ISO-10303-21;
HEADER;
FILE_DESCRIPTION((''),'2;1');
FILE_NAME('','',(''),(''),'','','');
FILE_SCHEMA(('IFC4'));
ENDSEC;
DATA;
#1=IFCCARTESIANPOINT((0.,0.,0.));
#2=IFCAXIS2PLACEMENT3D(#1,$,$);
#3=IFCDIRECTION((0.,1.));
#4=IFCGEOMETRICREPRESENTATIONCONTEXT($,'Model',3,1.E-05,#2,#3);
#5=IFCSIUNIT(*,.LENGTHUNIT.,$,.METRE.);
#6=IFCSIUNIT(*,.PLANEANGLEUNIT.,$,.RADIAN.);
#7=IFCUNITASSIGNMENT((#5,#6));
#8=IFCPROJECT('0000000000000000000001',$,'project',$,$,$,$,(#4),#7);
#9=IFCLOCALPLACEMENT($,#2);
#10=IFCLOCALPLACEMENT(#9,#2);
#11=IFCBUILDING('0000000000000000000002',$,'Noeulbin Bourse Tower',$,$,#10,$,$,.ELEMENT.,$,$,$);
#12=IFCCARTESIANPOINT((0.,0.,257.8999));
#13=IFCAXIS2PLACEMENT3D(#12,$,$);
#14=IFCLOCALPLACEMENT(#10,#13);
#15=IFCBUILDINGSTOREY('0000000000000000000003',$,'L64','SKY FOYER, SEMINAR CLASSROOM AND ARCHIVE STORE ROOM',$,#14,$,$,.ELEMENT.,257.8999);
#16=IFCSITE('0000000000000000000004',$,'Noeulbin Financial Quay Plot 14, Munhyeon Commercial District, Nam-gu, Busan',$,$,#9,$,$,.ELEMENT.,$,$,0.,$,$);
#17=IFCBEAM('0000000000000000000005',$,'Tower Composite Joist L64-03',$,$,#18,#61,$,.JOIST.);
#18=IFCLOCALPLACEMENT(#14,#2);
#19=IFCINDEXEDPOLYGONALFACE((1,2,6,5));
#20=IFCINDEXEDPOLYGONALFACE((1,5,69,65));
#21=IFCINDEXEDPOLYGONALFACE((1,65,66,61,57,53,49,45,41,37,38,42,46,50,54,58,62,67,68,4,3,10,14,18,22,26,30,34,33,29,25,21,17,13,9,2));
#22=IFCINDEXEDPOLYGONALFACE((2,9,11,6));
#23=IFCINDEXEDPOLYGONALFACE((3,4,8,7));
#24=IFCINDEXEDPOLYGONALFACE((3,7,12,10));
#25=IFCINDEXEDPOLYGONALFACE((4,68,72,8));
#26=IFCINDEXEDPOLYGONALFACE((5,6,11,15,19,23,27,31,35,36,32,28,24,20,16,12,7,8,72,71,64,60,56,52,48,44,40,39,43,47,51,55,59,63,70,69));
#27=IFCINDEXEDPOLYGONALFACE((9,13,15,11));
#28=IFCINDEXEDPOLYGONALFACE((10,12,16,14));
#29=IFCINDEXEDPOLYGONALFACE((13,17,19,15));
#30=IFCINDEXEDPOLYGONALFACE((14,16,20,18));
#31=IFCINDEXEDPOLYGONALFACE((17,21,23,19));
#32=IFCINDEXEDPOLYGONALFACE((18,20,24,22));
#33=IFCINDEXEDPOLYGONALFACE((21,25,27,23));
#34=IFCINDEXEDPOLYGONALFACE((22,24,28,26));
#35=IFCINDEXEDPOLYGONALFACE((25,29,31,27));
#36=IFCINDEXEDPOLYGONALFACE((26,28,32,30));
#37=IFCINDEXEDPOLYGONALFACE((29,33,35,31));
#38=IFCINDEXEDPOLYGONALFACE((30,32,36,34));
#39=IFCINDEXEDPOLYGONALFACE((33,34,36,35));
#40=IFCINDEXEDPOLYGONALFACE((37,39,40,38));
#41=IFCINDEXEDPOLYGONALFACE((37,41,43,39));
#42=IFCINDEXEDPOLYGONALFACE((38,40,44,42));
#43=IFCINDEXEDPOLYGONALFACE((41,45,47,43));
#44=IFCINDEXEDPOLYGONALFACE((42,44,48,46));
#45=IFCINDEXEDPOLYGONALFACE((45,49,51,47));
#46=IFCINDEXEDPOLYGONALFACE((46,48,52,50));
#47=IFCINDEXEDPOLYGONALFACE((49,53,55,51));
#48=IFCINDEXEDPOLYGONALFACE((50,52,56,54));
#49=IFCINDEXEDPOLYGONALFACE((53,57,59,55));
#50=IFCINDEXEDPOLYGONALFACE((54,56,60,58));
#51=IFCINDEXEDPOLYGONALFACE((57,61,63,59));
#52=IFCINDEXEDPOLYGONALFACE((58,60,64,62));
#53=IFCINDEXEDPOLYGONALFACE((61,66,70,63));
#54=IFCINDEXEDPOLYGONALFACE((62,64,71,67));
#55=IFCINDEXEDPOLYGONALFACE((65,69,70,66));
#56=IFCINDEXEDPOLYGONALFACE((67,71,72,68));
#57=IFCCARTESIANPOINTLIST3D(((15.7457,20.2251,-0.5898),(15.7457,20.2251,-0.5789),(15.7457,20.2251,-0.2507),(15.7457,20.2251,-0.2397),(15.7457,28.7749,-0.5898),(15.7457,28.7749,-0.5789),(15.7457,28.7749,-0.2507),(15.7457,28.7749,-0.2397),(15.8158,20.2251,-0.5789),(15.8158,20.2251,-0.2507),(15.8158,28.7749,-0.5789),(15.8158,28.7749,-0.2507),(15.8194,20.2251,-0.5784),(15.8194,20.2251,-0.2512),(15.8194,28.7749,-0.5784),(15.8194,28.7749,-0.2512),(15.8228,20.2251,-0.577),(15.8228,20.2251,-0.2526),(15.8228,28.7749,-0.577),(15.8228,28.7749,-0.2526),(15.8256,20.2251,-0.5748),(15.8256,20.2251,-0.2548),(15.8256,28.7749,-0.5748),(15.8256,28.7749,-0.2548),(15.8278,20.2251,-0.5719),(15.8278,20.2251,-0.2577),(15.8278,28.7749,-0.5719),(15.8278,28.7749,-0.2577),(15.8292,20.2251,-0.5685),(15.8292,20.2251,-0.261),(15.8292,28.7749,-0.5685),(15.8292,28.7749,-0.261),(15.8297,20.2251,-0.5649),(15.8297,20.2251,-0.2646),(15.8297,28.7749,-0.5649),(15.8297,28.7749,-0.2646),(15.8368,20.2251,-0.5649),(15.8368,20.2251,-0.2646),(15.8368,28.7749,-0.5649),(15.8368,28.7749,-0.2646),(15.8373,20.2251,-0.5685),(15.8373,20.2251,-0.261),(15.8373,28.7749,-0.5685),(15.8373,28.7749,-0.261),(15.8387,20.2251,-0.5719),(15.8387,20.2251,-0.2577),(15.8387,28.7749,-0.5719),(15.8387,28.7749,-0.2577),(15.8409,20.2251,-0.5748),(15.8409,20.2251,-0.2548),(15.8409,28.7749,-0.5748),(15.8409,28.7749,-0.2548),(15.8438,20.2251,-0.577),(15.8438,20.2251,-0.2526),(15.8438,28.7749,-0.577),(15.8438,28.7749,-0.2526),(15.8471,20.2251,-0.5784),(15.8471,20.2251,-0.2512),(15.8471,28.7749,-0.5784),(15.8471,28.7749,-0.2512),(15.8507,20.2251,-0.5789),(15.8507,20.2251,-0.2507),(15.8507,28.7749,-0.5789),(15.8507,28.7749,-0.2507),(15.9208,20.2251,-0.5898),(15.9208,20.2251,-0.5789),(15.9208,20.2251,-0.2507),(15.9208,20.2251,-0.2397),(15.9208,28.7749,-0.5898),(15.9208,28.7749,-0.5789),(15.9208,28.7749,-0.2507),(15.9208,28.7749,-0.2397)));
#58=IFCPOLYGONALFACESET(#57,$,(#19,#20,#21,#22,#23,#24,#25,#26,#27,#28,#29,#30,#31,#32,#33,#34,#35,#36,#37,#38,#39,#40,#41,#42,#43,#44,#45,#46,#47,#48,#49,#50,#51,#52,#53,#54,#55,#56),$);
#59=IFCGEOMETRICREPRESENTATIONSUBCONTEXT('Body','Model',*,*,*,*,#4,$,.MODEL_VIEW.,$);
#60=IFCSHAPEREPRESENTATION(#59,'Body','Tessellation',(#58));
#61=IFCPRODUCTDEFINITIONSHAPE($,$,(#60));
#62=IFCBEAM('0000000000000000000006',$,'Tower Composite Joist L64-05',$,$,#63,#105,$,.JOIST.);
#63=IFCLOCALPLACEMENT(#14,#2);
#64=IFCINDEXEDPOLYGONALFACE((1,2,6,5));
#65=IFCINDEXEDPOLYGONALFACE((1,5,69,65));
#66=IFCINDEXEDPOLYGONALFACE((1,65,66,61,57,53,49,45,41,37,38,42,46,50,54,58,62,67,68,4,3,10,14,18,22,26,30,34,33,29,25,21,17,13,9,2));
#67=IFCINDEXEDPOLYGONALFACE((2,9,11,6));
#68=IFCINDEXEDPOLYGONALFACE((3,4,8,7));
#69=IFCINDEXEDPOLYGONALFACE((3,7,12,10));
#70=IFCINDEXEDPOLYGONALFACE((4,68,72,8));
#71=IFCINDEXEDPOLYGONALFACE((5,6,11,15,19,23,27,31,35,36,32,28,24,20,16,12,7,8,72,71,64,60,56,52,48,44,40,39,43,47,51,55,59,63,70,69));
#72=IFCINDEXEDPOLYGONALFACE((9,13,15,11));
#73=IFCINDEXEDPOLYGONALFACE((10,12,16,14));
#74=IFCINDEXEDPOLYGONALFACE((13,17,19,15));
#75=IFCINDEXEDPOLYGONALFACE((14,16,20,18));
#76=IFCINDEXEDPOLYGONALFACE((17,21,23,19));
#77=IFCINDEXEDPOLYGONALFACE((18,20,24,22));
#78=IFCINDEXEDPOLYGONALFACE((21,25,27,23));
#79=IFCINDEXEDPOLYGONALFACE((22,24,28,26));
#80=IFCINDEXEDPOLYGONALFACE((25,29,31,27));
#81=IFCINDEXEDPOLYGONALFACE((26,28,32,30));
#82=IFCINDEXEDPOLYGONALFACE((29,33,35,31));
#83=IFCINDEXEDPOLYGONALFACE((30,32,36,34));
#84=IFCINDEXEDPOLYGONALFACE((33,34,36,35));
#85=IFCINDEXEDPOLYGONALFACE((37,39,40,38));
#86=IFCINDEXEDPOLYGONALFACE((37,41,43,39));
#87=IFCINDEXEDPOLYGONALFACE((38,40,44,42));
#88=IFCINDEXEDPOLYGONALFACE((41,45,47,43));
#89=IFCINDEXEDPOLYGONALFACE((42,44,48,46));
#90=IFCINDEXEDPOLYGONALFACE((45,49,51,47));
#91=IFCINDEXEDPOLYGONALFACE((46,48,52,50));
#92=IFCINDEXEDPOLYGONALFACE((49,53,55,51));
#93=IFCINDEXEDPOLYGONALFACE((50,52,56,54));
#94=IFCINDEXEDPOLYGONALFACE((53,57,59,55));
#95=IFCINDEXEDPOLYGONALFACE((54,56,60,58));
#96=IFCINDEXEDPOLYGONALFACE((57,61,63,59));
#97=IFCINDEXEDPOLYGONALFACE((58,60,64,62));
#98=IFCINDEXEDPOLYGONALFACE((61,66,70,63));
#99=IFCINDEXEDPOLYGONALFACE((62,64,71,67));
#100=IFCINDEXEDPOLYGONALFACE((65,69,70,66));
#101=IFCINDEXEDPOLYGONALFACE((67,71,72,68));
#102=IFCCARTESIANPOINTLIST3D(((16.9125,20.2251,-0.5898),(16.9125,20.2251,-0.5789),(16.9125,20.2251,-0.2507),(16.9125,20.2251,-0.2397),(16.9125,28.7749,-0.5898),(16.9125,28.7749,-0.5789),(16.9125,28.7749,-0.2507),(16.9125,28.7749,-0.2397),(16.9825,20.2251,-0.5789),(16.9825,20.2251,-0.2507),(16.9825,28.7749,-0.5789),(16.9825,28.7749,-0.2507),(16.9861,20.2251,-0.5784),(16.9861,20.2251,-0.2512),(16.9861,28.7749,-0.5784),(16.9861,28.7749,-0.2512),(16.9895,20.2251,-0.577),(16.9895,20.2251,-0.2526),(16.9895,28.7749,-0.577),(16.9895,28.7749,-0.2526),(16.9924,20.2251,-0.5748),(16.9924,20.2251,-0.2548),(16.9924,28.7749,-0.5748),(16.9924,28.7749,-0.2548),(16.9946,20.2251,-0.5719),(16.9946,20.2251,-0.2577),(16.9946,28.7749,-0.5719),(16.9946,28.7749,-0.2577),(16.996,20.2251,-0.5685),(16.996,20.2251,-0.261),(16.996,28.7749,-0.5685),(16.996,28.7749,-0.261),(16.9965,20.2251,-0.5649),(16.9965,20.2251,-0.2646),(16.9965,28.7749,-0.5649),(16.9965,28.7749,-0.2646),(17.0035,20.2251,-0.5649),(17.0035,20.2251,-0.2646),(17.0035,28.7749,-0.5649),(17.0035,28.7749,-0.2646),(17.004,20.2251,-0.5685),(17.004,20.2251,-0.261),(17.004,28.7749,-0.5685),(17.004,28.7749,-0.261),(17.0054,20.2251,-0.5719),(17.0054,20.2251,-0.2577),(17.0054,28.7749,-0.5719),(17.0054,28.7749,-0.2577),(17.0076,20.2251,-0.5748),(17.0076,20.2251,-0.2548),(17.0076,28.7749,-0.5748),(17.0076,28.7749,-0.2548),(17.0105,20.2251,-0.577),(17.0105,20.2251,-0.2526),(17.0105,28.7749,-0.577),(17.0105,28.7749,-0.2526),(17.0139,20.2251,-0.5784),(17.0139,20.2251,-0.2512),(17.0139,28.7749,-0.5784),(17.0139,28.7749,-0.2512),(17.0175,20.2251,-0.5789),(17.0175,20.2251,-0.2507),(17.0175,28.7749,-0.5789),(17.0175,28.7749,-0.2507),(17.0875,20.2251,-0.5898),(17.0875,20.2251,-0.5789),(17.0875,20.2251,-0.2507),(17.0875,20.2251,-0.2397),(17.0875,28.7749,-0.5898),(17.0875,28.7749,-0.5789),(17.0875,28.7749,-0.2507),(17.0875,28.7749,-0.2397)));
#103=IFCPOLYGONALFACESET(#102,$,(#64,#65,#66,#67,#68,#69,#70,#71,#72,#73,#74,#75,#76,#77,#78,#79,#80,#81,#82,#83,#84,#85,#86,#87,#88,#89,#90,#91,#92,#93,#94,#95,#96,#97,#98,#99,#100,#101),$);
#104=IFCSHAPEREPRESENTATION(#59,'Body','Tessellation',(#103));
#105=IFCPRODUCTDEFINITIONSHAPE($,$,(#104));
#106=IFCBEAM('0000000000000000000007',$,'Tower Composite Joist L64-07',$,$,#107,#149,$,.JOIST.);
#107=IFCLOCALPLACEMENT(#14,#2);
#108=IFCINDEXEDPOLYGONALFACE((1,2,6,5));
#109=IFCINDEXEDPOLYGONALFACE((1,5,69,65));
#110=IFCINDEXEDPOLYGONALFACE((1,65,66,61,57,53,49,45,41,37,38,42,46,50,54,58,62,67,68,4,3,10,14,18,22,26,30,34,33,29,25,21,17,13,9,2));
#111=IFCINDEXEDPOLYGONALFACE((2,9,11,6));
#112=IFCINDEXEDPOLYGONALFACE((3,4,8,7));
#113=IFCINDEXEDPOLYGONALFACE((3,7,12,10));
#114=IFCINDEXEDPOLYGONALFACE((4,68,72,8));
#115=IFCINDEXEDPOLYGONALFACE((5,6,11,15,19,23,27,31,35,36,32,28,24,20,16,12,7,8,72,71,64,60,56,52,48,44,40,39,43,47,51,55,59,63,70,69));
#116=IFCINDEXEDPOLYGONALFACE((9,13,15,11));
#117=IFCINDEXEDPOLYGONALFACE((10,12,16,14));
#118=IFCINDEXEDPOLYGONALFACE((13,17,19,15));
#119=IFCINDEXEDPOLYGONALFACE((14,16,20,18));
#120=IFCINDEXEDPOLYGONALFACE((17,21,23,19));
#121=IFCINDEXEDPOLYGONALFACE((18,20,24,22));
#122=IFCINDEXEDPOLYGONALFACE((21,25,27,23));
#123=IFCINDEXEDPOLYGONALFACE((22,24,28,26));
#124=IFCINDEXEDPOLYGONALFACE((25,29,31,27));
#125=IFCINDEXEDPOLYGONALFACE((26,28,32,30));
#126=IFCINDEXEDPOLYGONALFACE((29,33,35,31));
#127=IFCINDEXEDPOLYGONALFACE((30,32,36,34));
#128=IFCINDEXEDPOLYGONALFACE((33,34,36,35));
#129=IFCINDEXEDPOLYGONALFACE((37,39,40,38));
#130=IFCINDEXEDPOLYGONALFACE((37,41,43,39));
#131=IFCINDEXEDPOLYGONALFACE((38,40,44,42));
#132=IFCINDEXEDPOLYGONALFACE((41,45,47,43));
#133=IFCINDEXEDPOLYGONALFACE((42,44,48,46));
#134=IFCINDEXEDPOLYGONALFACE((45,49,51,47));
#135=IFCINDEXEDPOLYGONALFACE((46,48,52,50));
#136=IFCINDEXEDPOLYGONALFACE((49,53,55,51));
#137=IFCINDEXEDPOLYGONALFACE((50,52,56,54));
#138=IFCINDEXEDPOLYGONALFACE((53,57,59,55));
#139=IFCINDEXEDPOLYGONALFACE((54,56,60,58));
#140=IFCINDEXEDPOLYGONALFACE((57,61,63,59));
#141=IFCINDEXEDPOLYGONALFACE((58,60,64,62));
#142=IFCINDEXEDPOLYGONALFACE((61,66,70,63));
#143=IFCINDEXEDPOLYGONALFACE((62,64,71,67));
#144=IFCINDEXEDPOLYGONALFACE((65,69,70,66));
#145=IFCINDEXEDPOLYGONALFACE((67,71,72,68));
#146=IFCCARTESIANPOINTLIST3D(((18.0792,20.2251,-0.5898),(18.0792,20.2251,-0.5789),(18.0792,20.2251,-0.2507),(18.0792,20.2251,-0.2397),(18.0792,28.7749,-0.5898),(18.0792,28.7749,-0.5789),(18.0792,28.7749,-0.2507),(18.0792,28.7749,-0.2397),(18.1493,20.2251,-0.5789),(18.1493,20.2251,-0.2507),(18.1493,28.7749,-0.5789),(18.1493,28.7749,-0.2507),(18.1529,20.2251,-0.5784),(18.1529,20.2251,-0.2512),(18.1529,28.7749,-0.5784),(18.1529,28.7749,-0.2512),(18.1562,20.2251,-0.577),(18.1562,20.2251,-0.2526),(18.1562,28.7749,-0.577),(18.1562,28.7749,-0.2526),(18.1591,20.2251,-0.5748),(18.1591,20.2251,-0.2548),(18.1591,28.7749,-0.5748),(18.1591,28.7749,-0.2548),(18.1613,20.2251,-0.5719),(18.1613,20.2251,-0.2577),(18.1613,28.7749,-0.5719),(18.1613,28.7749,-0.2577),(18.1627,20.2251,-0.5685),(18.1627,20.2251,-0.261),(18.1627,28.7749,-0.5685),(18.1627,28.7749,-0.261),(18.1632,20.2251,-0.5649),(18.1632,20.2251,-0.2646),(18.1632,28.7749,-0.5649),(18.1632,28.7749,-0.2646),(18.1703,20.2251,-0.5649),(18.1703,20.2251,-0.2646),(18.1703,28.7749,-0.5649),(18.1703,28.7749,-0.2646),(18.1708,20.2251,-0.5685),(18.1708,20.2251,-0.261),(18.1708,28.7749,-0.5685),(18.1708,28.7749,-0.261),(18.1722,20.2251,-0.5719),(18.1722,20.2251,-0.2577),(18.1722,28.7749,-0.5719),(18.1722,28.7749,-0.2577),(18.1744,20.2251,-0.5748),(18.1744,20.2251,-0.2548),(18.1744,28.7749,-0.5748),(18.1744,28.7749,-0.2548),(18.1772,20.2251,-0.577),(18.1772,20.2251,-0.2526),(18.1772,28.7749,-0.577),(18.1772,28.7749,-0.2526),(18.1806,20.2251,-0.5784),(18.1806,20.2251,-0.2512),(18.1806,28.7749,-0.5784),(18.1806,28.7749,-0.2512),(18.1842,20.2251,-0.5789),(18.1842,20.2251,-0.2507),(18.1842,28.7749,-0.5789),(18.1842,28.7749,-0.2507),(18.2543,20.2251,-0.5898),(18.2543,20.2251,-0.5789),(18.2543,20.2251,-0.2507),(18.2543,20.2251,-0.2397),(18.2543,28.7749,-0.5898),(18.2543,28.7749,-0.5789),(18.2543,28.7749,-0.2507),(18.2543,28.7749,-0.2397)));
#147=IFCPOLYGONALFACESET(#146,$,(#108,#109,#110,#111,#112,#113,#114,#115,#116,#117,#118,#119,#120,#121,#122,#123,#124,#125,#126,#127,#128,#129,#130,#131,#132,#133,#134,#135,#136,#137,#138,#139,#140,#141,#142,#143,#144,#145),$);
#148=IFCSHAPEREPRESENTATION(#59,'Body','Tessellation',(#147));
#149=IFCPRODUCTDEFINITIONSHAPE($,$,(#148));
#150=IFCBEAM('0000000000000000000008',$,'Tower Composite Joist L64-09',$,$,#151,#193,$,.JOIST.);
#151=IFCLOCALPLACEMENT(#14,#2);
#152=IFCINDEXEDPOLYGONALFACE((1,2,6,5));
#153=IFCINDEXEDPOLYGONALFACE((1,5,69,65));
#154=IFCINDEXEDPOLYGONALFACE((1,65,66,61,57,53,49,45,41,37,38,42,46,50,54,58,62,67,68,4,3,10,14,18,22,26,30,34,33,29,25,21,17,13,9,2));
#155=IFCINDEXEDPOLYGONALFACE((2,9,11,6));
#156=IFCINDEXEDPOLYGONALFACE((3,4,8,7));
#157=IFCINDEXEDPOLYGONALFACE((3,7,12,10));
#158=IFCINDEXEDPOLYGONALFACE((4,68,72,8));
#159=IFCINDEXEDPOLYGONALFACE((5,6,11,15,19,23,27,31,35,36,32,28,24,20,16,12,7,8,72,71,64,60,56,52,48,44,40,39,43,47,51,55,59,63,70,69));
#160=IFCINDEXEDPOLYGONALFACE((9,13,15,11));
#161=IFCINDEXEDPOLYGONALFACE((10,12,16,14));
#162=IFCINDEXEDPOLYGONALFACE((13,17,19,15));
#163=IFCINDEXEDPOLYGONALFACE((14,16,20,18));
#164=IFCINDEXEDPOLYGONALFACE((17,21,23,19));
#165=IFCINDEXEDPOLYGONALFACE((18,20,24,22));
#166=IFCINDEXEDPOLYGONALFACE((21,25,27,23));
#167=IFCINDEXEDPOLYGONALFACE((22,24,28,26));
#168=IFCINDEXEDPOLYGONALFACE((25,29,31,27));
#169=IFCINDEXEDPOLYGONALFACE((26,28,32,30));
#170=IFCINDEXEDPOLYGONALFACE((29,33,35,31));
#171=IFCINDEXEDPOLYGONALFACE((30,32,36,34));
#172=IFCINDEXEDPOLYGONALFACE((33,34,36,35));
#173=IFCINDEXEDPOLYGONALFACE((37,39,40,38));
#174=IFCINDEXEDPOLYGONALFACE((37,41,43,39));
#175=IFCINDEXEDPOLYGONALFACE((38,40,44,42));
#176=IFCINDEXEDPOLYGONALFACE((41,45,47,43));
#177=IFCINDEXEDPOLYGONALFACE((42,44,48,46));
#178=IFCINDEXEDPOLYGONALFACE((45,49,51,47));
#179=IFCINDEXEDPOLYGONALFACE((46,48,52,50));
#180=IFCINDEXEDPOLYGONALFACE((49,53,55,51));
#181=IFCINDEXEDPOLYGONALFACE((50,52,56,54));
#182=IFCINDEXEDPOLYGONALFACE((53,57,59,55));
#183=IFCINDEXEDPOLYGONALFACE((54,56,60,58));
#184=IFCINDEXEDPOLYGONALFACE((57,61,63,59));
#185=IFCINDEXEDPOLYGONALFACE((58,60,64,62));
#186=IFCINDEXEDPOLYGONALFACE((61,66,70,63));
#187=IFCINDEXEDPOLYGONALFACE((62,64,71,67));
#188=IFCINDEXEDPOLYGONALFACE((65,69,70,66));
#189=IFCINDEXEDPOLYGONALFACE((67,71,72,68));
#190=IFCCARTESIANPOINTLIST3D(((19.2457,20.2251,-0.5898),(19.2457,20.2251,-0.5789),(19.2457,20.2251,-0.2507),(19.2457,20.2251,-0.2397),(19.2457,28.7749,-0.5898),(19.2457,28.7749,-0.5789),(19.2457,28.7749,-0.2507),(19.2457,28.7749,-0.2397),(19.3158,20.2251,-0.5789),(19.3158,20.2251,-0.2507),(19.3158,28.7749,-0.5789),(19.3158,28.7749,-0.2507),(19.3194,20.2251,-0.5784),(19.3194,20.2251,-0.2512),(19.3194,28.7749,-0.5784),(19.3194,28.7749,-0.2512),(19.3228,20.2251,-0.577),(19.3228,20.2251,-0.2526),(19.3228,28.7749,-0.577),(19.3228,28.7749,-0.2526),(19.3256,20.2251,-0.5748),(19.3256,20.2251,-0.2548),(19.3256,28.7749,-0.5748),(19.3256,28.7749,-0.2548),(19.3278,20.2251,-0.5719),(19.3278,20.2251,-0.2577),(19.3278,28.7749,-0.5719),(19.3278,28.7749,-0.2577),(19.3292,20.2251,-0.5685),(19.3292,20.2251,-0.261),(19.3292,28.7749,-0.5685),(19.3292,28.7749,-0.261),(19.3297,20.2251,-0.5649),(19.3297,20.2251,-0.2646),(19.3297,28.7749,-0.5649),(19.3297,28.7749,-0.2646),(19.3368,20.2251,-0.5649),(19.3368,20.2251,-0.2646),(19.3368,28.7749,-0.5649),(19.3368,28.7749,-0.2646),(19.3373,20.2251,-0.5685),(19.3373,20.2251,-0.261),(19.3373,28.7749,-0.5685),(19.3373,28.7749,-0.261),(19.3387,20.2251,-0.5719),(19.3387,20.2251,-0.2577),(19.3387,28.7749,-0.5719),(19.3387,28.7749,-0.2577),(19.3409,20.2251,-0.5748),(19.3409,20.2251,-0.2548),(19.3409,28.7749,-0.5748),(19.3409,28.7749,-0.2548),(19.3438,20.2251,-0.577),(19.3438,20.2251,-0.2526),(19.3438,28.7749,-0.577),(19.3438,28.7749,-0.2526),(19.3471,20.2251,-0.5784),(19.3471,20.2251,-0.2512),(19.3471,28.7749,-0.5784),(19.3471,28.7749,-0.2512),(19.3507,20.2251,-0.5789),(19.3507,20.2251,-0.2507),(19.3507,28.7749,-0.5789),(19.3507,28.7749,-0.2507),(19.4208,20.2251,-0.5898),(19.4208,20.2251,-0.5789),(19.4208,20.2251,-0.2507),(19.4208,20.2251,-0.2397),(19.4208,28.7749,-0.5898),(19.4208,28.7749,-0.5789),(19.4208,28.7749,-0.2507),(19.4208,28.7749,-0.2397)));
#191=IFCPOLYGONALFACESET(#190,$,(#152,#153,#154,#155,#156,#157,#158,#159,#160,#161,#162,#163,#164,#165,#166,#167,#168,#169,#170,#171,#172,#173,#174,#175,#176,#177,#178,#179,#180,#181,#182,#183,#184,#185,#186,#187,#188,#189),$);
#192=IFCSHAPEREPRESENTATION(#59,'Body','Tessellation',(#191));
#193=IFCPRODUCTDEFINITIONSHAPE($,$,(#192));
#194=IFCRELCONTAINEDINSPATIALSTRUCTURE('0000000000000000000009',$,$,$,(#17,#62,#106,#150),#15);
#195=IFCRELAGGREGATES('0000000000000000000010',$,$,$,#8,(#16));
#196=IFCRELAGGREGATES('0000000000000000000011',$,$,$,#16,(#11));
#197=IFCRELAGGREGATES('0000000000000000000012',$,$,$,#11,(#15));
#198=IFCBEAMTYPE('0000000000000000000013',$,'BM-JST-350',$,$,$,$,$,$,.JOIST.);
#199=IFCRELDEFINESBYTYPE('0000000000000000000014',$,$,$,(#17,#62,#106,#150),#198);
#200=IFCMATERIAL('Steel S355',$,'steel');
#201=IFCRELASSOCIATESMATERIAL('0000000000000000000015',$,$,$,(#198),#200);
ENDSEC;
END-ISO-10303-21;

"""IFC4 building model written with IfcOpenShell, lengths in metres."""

from ifc_helpers import new_model, si_unit, direction, frame, origin, origin_2d, place, context, subcontext, project, spatial, i_section, extrude, material, material_profile, profile_set, type_object, element, save


model = new_model("IFC4")

# Units and contexts
model_context = context("Model", 3, precision=1e-05, world=origin(), true_north=direction((0.0, 1.0)))
body_context = subcontext(model_context, "Body", "Model", "MODEL_VIEW")
ifc_project = project(units=[si_unit("LENGTHUNIT", "METRE"), si_unit("PLANEANGLEUNIT", "RADIAN")], contexts=[model_context])

# Site, building, storey
site_placement = place(None, origin())
site = spatial("IfcSite", under=ifc_project, at=site_placement, Name="Noeulbin Financial Quay Plot 14, Munhyeon Commercial District, Nam-gu, Busan", CompositionType="ELEMENT", RefElevation=0.0)
building_placement = place(site_placement, origin())
building = spatial("IfcBuilding", under=site, at=building_placement, Name="Noeulbin Bourse Tower", CompositionType="ELEMENT")
storey_placement = place(building_placement, frame((0.0, 0.0, 257.8999)))
storey = spatial("IfcBuildingStorey", under=building, at=storey_placement, Name="L64", Description="SKY FOYER, SEMINAR CLASSROOM AND ARCHIVE STORE ROOM", CompositionType="ELEMENT", Elevation=257.8999)

# Shared definitions
ifc_material_1 = material(Name="Steel S355", Category="steel")

# Beams
ifc_material_profile_1 = material_profile(ifc_material_1, i_section(OverallWidth=0.175, OverallDepth=0.3501, WebThickness=0.0071, FlangeThickness=0.011, FilletRadius=0.0139, at=origin_2d()), Name="H-350x175x7x11", Category="LoadBearing")
ifc_profile_set_1 = profile_set([ifc_material_profile_1], Name="Steel S355")
beam_type_1 = type_object("IfcBeamType", Name="BM-JST-350", PredefinedType="JOIST", material=ifc_profile_set_1)
for number, where, z_axis, x_axis, name in (
    (1, (15.8333, 20.2251, -0.4148), (0.0, 1.0, 0.0), (-1.0, 0.0, 0.0), "Tower Composite Joist L64-03"),
    (2, (17.0, 20.2251, -0.4148), (0.0, 1.0, 0.0), (-1.0, 0.0, 0.0), "Tower Composite Joist L64-05"),
    (3, (18.1667, 20.2251, -0.4148), (0.0, 1.0, 0.0), (-1.0, 0.0, 0.0), "Tower Composite Joist L64-07"),
    (4, (19.3333, 20.2251, -0.4148), (0.0, 1.0, 0.0), (-1.0, 0.0, 0.0), "Tower Composite Joist L64-09"),
):
    element("IfcBeam", number, at=place(storey_placement, frame(where, z_axis=z_axis, x_axis=x_axis)), inside=storey, type_object=beam_type_1, Name=name, PredefinedType="JOIST", context=body_context, shape_type="SweptSolid", body=[
        extrude(i_section(OverallWidth=0.175, OverallDepth=0.3501, WebThickness=0.0071, FlangeThickness=0.011, FilletRadius=0.0139, at=origin_2d()), origin(), (0.0, 0.0, 1.0), 8.5498),
    ])

save(model, "model.ifc")
